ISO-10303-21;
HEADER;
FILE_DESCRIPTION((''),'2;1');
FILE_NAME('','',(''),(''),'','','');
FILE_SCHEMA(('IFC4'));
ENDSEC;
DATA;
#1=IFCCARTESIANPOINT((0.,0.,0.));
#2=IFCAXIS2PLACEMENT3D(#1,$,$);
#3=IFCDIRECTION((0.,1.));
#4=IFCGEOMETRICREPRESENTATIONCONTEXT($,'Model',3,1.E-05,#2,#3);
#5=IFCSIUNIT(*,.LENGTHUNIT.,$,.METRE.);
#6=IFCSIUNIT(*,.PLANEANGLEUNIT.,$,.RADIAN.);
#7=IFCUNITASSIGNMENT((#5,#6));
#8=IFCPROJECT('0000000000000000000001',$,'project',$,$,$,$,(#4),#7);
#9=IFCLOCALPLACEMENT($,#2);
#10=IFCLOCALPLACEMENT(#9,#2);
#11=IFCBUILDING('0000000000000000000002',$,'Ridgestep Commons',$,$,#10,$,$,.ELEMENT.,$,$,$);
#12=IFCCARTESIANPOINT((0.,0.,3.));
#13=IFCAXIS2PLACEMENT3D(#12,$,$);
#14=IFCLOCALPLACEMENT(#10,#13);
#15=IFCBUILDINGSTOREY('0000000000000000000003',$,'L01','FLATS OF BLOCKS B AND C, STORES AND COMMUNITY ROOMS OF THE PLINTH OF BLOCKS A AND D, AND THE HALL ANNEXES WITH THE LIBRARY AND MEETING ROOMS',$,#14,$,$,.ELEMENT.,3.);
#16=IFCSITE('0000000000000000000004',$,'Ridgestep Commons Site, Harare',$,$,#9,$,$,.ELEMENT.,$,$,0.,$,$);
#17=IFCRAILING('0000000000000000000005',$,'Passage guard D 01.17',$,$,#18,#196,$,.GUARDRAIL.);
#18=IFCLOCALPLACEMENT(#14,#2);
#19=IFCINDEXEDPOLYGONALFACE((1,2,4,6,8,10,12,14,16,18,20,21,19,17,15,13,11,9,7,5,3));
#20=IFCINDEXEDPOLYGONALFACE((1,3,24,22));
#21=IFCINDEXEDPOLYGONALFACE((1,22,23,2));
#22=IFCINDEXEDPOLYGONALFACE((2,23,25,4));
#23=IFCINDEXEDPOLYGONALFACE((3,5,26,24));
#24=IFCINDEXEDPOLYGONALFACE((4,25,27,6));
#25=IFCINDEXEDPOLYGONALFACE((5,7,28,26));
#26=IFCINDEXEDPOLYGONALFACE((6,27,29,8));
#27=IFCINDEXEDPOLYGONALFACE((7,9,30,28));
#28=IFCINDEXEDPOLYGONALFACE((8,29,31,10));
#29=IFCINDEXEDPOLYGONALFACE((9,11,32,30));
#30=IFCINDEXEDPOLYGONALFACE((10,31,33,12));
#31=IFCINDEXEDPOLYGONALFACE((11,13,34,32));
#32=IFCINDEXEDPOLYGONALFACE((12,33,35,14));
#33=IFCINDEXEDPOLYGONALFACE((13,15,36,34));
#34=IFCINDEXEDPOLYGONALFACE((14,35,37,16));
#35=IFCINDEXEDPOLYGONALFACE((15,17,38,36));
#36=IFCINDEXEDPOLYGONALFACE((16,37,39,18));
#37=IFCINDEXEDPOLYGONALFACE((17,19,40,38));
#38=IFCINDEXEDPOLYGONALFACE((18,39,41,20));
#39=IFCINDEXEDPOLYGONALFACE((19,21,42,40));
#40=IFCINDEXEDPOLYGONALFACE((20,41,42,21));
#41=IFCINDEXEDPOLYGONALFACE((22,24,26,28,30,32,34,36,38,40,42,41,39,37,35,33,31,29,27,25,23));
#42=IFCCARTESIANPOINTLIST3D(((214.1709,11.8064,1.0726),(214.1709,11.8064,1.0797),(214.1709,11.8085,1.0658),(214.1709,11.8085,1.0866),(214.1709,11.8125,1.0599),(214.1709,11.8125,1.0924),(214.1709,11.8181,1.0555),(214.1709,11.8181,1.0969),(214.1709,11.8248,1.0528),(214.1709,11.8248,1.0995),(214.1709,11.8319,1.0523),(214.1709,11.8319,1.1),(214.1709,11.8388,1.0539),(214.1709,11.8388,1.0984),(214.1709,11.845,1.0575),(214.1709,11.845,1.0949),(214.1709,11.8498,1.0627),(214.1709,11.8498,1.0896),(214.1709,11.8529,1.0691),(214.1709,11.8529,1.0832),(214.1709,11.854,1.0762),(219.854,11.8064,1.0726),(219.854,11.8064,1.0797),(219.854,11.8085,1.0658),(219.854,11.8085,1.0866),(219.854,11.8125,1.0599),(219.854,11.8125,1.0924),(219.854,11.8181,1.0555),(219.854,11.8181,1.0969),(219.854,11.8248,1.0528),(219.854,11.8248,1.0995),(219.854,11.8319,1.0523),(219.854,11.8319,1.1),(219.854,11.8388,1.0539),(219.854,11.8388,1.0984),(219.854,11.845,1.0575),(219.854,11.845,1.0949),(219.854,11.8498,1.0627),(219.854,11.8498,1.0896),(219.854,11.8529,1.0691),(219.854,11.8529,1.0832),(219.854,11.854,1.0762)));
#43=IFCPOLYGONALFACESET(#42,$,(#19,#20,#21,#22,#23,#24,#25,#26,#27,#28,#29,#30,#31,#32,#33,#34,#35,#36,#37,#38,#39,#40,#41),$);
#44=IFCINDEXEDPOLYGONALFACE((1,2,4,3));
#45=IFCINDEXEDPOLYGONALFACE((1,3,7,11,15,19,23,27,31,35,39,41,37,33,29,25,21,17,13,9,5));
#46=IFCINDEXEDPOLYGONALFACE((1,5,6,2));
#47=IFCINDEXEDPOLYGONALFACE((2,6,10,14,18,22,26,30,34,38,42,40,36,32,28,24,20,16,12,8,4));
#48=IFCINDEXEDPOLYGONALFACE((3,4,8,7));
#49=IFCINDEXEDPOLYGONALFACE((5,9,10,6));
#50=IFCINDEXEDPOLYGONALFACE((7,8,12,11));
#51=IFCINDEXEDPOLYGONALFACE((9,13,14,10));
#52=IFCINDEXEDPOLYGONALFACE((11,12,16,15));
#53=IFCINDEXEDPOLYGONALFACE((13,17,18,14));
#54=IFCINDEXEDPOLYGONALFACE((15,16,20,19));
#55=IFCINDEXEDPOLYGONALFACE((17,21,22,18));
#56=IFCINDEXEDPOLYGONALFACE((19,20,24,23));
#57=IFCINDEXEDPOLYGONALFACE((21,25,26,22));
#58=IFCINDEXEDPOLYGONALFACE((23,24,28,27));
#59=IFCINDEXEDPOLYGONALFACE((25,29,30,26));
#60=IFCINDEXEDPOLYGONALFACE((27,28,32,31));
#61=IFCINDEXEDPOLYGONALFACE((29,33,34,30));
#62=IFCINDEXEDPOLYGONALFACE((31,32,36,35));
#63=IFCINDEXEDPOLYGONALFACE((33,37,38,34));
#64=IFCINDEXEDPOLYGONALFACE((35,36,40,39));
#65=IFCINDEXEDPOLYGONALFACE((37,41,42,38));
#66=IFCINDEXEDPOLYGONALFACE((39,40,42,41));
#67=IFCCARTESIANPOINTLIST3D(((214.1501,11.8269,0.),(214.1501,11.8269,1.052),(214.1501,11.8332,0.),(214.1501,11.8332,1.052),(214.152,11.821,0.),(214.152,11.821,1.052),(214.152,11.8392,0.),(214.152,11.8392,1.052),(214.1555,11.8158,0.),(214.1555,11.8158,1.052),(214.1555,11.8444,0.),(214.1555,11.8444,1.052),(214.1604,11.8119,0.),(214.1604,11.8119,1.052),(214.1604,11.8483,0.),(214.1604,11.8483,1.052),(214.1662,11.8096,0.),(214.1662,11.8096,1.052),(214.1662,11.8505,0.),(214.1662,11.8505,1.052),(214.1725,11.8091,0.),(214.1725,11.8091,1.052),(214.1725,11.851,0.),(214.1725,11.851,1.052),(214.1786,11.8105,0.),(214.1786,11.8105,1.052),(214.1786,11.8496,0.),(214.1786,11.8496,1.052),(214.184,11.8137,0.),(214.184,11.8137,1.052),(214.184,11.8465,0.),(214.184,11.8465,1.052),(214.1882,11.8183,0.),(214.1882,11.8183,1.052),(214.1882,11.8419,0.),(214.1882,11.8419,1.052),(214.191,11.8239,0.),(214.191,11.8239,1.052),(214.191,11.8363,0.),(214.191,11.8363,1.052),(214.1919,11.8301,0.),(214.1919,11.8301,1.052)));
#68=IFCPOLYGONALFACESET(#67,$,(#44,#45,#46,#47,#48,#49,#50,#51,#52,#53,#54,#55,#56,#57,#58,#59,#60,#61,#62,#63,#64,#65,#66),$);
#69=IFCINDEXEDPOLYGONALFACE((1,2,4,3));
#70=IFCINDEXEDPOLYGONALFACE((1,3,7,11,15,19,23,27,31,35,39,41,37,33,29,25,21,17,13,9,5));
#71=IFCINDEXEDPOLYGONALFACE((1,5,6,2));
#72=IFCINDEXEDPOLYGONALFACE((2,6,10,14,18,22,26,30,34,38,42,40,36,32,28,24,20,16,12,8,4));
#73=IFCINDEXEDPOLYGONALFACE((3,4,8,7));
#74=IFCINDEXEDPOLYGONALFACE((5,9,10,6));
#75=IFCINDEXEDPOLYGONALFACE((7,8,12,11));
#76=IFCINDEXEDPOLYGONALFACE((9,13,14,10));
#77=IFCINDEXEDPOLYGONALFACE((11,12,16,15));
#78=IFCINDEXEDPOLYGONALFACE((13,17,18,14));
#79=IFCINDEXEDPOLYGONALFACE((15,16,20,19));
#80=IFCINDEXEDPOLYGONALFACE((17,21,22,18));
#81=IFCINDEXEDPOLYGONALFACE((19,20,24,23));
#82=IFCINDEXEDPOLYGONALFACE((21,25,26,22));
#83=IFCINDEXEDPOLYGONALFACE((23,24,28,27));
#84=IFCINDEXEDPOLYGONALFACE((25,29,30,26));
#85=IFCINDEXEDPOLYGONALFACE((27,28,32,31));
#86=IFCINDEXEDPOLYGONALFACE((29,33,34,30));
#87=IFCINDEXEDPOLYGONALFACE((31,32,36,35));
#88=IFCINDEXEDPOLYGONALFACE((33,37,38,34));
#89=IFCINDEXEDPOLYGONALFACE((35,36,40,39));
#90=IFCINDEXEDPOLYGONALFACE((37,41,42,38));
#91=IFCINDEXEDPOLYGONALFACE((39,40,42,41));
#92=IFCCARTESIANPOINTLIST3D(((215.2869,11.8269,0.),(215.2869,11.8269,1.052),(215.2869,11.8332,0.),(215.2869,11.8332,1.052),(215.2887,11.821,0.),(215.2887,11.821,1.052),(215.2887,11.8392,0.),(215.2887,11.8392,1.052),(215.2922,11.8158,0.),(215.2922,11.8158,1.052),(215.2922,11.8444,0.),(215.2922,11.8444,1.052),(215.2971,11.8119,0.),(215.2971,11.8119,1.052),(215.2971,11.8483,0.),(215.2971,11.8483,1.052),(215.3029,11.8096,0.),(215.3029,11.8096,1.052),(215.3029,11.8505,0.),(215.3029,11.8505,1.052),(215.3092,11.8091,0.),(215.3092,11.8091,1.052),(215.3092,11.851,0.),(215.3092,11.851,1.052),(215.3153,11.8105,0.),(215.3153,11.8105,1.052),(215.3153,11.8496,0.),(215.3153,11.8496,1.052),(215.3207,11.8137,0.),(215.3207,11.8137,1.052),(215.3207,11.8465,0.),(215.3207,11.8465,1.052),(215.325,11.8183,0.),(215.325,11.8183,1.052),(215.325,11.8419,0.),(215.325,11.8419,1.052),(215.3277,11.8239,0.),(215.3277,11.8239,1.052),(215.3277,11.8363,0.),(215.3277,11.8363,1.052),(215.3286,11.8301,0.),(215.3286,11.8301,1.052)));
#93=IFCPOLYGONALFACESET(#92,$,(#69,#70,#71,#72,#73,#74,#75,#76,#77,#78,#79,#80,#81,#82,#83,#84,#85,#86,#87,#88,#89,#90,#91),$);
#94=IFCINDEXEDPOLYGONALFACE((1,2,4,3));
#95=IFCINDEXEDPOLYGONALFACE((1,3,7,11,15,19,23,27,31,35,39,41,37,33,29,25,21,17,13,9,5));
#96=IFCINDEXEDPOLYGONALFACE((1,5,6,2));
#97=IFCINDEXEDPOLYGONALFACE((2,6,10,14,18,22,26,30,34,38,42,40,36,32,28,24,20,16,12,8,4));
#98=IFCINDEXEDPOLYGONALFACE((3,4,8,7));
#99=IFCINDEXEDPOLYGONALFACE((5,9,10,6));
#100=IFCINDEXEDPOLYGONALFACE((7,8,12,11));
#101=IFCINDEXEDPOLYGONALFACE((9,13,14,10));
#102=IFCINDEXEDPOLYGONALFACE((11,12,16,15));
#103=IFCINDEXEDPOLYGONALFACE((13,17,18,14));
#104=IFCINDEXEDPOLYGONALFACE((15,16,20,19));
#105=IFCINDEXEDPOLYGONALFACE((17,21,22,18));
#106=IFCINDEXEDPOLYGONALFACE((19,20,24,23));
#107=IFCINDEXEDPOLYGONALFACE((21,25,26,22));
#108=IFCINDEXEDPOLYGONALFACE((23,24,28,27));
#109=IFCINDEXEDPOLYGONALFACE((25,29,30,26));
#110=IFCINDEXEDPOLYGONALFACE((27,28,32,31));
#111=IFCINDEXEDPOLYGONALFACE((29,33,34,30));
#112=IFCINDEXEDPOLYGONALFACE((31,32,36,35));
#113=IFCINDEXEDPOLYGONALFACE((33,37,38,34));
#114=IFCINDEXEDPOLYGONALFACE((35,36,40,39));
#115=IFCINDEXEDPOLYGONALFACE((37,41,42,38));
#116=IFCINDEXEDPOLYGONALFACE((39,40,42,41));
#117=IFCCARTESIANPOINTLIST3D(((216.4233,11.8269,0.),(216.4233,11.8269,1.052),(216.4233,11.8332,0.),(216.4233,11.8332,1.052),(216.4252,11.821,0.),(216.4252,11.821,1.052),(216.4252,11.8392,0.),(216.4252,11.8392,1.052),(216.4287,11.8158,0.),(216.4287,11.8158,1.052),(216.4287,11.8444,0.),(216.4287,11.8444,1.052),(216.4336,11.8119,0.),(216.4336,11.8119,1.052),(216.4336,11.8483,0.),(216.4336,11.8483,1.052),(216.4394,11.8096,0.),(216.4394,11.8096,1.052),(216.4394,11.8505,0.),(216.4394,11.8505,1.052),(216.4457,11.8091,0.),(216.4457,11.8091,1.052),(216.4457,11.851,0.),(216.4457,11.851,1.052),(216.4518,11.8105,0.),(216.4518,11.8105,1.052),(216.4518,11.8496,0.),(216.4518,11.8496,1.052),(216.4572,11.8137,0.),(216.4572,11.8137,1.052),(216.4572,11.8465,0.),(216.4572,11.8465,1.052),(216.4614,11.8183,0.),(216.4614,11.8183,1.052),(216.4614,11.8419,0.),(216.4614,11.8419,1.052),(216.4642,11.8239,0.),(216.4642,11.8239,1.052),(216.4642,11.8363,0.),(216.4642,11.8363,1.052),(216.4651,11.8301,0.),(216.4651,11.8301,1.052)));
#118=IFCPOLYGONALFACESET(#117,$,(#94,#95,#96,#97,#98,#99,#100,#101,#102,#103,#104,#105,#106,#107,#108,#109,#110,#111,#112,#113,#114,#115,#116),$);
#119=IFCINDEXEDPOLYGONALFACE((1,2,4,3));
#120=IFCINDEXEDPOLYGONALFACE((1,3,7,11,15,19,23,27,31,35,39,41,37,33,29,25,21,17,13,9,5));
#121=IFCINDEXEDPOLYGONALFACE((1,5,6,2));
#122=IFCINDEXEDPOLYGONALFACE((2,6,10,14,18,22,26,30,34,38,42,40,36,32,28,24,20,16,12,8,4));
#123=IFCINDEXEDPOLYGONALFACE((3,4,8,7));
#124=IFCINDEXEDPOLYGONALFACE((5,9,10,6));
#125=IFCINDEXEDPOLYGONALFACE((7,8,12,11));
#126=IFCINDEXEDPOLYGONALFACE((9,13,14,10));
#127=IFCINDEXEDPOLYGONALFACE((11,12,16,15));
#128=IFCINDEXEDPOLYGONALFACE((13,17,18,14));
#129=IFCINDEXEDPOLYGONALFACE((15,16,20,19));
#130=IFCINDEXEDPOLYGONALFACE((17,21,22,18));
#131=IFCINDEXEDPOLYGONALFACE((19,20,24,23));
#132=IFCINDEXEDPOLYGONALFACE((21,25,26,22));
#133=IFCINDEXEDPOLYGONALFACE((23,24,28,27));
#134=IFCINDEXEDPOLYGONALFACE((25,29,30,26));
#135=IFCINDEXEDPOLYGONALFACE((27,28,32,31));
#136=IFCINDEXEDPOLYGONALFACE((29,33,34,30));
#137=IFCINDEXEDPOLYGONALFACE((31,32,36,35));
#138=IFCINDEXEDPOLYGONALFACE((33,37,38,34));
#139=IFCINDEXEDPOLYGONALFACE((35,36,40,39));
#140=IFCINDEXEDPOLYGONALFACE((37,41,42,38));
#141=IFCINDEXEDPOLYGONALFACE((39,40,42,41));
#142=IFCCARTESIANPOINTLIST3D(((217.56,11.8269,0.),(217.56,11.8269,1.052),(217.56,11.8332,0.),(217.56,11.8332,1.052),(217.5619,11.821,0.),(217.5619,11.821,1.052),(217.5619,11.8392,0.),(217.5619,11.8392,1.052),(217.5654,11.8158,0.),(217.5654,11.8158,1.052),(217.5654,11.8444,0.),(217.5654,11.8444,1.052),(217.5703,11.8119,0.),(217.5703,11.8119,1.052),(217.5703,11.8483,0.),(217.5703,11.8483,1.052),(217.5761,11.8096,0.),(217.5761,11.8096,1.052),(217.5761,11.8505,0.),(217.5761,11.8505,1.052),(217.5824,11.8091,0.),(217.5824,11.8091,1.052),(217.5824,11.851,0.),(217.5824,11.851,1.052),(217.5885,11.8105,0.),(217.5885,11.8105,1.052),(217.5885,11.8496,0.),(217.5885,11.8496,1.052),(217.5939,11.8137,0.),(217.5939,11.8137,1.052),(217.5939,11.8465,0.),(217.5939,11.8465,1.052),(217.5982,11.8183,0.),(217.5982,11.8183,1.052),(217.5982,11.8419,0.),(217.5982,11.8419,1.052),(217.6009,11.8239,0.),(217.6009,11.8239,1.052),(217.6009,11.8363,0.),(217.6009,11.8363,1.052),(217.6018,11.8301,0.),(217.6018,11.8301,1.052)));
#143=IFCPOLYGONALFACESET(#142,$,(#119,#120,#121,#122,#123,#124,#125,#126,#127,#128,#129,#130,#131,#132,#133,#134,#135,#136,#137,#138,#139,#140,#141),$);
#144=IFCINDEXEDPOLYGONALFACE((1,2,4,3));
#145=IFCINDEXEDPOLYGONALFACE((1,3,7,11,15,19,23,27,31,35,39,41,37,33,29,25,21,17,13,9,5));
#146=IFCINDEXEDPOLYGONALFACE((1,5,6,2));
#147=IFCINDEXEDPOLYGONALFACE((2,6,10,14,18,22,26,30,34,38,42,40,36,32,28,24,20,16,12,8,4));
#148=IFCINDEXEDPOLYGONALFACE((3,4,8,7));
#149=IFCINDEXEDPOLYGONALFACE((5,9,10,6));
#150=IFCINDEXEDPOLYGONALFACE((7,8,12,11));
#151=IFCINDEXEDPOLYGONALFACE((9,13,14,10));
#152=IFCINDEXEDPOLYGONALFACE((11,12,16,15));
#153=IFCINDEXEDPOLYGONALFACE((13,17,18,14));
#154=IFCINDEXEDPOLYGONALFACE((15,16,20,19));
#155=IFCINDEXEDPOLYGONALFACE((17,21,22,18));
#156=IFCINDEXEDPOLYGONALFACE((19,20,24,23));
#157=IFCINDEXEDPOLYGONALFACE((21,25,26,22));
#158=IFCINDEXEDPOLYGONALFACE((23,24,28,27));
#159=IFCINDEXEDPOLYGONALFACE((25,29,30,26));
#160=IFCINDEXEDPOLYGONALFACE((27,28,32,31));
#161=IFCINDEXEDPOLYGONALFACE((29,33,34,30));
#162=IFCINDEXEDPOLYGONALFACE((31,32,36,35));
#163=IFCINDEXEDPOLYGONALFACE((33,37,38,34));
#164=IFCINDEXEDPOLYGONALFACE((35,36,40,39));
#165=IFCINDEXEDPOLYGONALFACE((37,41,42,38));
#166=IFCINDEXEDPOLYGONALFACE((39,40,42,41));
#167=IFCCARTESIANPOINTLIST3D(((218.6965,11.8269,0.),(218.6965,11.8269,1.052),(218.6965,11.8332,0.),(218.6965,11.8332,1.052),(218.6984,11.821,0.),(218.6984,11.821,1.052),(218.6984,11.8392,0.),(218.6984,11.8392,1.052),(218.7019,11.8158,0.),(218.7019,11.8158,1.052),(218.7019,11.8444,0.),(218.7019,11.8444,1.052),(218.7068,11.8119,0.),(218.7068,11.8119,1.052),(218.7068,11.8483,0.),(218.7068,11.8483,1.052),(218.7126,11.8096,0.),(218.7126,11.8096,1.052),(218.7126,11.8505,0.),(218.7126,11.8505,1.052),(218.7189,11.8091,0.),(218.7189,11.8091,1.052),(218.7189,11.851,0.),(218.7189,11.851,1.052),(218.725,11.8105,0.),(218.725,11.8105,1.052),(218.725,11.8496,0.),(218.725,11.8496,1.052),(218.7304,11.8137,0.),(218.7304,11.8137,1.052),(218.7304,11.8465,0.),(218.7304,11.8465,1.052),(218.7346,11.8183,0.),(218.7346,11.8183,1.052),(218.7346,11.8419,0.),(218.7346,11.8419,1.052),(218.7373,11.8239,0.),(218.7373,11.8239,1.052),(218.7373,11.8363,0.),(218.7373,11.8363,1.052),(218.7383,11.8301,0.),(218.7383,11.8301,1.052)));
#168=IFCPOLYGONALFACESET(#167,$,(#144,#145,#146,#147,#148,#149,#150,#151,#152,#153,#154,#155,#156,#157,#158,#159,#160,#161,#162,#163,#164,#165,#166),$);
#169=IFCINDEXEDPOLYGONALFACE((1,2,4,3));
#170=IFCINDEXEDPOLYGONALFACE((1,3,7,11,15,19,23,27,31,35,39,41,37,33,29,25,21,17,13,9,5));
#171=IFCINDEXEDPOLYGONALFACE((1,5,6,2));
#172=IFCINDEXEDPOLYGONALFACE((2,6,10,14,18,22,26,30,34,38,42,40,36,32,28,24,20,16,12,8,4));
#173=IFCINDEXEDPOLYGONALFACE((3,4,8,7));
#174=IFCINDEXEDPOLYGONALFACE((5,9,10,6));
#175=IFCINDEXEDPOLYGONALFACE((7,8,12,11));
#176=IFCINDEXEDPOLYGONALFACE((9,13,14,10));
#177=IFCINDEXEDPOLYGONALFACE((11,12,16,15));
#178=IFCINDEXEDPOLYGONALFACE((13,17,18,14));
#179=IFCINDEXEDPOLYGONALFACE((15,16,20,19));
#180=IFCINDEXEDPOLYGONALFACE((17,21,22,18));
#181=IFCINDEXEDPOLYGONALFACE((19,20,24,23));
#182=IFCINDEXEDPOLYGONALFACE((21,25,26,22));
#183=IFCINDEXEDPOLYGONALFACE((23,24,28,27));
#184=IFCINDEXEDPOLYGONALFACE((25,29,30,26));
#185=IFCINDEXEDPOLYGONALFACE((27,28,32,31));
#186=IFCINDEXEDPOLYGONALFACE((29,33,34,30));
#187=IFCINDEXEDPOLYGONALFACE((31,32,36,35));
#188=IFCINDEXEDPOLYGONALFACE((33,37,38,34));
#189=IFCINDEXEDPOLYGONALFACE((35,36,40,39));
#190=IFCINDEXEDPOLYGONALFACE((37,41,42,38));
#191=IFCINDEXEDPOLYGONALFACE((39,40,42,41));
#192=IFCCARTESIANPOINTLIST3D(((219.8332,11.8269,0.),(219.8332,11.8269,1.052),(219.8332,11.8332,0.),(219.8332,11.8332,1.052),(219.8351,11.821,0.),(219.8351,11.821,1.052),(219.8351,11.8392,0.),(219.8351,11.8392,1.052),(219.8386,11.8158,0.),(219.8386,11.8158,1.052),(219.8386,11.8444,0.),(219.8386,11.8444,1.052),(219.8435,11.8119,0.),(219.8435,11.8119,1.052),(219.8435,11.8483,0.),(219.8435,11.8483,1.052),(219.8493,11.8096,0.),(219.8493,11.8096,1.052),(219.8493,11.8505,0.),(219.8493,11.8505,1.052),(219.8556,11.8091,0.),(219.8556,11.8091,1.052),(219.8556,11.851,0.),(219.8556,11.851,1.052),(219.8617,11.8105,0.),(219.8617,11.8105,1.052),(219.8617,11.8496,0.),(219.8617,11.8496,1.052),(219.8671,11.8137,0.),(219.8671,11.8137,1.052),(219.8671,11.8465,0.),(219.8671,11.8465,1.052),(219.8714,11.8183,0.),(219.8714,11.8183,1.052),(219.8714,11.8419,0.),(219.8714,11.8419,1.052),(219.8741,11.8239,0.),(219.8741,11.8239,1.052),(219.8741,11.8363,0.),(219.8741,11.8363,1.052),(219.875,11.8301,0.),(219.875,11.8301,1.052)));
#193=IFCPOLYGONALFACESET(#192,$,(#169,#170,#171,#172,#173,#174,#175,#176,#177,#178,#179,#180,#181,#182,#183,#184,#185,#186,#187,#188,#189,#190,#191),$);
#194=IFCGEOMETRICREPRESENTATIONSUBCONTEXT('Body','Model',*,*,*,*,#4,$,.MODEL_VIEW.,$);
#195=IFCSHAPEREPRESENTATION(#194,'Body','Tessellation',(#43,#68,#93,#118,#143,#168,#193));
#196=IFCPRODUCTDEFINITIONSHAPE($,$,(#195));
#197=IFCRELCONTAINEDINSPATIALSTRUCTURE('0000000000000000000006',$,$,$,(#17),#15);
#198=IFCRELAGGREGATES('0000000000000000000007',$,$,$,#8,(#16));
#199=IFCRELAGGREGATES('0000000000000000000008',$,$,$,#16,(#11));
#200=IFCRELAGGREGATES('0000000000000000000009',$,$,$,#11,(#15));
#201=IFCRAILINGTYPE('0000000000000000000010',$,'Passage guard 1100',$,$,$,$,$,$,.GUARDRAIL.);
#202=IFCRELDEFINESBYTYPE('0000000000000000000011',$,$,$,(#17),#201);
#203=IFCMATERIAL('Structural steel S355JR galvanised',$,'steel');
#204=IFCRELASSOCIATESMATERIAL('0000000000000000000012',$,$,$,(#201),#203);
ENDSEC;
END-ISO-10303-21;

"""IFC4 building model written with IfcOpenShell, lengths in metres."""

from ifc_helpers import new_model, si_unit, direction, frame, origin, origin_2d, place, context, subcontext, project, spatial, circle, extrude, material, type_object, element, save


model = new_model("IFC4")

# Units and contexts
model_context = context("Model", 3, precision=1e-05, world=origin(), true_north=direction((0.0, 1.0)))
body_context = subcontext(model_context, "Body", "Model", "MODEL_VIEW")
ifc_project = project(units=[si_unit("LENGTHUNIT", "METRE"), si_unit("PLANEANGLEUNIT", "RADIAN")], contexts=[model_context])

# Site, building, storey
site_placement = place(None, origin())
site = spatial("IfcSite", under=ifc_project, at=site_placement, Name="Ridgestep Commons Site, Harare", CompositionType="ELEMENT", RefElevation=0.0)
building_placement = place(site_placement, origin())
building = spatial("IfcBuilding", under=site, at=building_placement, Name="Ridgestep Commons", CompositionType="ELEMENT")
storey_placement = place(building_placement, frame((0.0, 0.0, 3.0)))
storey = spatial("IfcBuildingStorey", under=building, at=storey_placement, Name="L01", Description="FLATS OF BLOCKS B AND C, STORES AND COMMUNITY ROOMS OF THE PLINTH OF BLOCKS A AND D, AND THE HALL ANNEXES WITH THE LIBRARY AND MEETING ROOMS", CompositionType="ELEMENT", Elevation=3.0)

# Railing
ifc_material_1 = material(Name="Structural steel S355JR galvanised", Category="steel")
railing_type = type_object("IfcRailingType", Name="Passage guard 1100", PredefinedType="GUARDRAIL", material=ifc_material_1)
for number, where, name in (
    (1, (214.1709, 11.8301, 0.0), "Passage guard D 01.17"),
):
    element("IfcRailing", number, at=place(storey_placement, frame(where)), inside=storey, type_object=railing_type, Name=name, PredefinedType="GUARDRAIL", context=body_context, shape_type="SweptSolid", body=[
        extrude(circle(Radius=0.0239, at=origin_2d()), frame((0.0, 0.0, 1.0762), z_axis=(1.0, 0.0, 0.0), x_axis=(0.0, 1.0, 0.0)), (0.0, 0.0, 1.0), 5.6831),
        extrude(circle(Radius=0.021, at=origin_2d()), origin(), (0.0, 0.0, 1.0), 1.052),
        extrude(circle(Radius=0.021, at=origin_2d()), frame((1.1367, 0.0, 0.0)), (0.0, 0.0, 1.0), 1.052),
        extrude(circle(Radius=0.021, at=origin_2d()), frame((2.2732, 0.0, 0.0)), (0.0, 0.0, 1.0), 1.052),
        extrude(circle(Radius=0.021, at=origin_2d()), frame((3.4099, 0.0, 0.0)), (0.0, 0.0, 1.0), 1.052),
        extrude(circle(Radius=0.021, at=origin_2d()), frame((4.5464, 0.0, 0.0)), (0.0, 0.0, 1.0), 1.052),
        extrude(circle(Radius=0.021, at=origin_2d()), frame((5.6831, 0.0, 0.0)), (0.0, 0.0, 1.0), 1.052),
    ])

save(model, "model.ifc")
